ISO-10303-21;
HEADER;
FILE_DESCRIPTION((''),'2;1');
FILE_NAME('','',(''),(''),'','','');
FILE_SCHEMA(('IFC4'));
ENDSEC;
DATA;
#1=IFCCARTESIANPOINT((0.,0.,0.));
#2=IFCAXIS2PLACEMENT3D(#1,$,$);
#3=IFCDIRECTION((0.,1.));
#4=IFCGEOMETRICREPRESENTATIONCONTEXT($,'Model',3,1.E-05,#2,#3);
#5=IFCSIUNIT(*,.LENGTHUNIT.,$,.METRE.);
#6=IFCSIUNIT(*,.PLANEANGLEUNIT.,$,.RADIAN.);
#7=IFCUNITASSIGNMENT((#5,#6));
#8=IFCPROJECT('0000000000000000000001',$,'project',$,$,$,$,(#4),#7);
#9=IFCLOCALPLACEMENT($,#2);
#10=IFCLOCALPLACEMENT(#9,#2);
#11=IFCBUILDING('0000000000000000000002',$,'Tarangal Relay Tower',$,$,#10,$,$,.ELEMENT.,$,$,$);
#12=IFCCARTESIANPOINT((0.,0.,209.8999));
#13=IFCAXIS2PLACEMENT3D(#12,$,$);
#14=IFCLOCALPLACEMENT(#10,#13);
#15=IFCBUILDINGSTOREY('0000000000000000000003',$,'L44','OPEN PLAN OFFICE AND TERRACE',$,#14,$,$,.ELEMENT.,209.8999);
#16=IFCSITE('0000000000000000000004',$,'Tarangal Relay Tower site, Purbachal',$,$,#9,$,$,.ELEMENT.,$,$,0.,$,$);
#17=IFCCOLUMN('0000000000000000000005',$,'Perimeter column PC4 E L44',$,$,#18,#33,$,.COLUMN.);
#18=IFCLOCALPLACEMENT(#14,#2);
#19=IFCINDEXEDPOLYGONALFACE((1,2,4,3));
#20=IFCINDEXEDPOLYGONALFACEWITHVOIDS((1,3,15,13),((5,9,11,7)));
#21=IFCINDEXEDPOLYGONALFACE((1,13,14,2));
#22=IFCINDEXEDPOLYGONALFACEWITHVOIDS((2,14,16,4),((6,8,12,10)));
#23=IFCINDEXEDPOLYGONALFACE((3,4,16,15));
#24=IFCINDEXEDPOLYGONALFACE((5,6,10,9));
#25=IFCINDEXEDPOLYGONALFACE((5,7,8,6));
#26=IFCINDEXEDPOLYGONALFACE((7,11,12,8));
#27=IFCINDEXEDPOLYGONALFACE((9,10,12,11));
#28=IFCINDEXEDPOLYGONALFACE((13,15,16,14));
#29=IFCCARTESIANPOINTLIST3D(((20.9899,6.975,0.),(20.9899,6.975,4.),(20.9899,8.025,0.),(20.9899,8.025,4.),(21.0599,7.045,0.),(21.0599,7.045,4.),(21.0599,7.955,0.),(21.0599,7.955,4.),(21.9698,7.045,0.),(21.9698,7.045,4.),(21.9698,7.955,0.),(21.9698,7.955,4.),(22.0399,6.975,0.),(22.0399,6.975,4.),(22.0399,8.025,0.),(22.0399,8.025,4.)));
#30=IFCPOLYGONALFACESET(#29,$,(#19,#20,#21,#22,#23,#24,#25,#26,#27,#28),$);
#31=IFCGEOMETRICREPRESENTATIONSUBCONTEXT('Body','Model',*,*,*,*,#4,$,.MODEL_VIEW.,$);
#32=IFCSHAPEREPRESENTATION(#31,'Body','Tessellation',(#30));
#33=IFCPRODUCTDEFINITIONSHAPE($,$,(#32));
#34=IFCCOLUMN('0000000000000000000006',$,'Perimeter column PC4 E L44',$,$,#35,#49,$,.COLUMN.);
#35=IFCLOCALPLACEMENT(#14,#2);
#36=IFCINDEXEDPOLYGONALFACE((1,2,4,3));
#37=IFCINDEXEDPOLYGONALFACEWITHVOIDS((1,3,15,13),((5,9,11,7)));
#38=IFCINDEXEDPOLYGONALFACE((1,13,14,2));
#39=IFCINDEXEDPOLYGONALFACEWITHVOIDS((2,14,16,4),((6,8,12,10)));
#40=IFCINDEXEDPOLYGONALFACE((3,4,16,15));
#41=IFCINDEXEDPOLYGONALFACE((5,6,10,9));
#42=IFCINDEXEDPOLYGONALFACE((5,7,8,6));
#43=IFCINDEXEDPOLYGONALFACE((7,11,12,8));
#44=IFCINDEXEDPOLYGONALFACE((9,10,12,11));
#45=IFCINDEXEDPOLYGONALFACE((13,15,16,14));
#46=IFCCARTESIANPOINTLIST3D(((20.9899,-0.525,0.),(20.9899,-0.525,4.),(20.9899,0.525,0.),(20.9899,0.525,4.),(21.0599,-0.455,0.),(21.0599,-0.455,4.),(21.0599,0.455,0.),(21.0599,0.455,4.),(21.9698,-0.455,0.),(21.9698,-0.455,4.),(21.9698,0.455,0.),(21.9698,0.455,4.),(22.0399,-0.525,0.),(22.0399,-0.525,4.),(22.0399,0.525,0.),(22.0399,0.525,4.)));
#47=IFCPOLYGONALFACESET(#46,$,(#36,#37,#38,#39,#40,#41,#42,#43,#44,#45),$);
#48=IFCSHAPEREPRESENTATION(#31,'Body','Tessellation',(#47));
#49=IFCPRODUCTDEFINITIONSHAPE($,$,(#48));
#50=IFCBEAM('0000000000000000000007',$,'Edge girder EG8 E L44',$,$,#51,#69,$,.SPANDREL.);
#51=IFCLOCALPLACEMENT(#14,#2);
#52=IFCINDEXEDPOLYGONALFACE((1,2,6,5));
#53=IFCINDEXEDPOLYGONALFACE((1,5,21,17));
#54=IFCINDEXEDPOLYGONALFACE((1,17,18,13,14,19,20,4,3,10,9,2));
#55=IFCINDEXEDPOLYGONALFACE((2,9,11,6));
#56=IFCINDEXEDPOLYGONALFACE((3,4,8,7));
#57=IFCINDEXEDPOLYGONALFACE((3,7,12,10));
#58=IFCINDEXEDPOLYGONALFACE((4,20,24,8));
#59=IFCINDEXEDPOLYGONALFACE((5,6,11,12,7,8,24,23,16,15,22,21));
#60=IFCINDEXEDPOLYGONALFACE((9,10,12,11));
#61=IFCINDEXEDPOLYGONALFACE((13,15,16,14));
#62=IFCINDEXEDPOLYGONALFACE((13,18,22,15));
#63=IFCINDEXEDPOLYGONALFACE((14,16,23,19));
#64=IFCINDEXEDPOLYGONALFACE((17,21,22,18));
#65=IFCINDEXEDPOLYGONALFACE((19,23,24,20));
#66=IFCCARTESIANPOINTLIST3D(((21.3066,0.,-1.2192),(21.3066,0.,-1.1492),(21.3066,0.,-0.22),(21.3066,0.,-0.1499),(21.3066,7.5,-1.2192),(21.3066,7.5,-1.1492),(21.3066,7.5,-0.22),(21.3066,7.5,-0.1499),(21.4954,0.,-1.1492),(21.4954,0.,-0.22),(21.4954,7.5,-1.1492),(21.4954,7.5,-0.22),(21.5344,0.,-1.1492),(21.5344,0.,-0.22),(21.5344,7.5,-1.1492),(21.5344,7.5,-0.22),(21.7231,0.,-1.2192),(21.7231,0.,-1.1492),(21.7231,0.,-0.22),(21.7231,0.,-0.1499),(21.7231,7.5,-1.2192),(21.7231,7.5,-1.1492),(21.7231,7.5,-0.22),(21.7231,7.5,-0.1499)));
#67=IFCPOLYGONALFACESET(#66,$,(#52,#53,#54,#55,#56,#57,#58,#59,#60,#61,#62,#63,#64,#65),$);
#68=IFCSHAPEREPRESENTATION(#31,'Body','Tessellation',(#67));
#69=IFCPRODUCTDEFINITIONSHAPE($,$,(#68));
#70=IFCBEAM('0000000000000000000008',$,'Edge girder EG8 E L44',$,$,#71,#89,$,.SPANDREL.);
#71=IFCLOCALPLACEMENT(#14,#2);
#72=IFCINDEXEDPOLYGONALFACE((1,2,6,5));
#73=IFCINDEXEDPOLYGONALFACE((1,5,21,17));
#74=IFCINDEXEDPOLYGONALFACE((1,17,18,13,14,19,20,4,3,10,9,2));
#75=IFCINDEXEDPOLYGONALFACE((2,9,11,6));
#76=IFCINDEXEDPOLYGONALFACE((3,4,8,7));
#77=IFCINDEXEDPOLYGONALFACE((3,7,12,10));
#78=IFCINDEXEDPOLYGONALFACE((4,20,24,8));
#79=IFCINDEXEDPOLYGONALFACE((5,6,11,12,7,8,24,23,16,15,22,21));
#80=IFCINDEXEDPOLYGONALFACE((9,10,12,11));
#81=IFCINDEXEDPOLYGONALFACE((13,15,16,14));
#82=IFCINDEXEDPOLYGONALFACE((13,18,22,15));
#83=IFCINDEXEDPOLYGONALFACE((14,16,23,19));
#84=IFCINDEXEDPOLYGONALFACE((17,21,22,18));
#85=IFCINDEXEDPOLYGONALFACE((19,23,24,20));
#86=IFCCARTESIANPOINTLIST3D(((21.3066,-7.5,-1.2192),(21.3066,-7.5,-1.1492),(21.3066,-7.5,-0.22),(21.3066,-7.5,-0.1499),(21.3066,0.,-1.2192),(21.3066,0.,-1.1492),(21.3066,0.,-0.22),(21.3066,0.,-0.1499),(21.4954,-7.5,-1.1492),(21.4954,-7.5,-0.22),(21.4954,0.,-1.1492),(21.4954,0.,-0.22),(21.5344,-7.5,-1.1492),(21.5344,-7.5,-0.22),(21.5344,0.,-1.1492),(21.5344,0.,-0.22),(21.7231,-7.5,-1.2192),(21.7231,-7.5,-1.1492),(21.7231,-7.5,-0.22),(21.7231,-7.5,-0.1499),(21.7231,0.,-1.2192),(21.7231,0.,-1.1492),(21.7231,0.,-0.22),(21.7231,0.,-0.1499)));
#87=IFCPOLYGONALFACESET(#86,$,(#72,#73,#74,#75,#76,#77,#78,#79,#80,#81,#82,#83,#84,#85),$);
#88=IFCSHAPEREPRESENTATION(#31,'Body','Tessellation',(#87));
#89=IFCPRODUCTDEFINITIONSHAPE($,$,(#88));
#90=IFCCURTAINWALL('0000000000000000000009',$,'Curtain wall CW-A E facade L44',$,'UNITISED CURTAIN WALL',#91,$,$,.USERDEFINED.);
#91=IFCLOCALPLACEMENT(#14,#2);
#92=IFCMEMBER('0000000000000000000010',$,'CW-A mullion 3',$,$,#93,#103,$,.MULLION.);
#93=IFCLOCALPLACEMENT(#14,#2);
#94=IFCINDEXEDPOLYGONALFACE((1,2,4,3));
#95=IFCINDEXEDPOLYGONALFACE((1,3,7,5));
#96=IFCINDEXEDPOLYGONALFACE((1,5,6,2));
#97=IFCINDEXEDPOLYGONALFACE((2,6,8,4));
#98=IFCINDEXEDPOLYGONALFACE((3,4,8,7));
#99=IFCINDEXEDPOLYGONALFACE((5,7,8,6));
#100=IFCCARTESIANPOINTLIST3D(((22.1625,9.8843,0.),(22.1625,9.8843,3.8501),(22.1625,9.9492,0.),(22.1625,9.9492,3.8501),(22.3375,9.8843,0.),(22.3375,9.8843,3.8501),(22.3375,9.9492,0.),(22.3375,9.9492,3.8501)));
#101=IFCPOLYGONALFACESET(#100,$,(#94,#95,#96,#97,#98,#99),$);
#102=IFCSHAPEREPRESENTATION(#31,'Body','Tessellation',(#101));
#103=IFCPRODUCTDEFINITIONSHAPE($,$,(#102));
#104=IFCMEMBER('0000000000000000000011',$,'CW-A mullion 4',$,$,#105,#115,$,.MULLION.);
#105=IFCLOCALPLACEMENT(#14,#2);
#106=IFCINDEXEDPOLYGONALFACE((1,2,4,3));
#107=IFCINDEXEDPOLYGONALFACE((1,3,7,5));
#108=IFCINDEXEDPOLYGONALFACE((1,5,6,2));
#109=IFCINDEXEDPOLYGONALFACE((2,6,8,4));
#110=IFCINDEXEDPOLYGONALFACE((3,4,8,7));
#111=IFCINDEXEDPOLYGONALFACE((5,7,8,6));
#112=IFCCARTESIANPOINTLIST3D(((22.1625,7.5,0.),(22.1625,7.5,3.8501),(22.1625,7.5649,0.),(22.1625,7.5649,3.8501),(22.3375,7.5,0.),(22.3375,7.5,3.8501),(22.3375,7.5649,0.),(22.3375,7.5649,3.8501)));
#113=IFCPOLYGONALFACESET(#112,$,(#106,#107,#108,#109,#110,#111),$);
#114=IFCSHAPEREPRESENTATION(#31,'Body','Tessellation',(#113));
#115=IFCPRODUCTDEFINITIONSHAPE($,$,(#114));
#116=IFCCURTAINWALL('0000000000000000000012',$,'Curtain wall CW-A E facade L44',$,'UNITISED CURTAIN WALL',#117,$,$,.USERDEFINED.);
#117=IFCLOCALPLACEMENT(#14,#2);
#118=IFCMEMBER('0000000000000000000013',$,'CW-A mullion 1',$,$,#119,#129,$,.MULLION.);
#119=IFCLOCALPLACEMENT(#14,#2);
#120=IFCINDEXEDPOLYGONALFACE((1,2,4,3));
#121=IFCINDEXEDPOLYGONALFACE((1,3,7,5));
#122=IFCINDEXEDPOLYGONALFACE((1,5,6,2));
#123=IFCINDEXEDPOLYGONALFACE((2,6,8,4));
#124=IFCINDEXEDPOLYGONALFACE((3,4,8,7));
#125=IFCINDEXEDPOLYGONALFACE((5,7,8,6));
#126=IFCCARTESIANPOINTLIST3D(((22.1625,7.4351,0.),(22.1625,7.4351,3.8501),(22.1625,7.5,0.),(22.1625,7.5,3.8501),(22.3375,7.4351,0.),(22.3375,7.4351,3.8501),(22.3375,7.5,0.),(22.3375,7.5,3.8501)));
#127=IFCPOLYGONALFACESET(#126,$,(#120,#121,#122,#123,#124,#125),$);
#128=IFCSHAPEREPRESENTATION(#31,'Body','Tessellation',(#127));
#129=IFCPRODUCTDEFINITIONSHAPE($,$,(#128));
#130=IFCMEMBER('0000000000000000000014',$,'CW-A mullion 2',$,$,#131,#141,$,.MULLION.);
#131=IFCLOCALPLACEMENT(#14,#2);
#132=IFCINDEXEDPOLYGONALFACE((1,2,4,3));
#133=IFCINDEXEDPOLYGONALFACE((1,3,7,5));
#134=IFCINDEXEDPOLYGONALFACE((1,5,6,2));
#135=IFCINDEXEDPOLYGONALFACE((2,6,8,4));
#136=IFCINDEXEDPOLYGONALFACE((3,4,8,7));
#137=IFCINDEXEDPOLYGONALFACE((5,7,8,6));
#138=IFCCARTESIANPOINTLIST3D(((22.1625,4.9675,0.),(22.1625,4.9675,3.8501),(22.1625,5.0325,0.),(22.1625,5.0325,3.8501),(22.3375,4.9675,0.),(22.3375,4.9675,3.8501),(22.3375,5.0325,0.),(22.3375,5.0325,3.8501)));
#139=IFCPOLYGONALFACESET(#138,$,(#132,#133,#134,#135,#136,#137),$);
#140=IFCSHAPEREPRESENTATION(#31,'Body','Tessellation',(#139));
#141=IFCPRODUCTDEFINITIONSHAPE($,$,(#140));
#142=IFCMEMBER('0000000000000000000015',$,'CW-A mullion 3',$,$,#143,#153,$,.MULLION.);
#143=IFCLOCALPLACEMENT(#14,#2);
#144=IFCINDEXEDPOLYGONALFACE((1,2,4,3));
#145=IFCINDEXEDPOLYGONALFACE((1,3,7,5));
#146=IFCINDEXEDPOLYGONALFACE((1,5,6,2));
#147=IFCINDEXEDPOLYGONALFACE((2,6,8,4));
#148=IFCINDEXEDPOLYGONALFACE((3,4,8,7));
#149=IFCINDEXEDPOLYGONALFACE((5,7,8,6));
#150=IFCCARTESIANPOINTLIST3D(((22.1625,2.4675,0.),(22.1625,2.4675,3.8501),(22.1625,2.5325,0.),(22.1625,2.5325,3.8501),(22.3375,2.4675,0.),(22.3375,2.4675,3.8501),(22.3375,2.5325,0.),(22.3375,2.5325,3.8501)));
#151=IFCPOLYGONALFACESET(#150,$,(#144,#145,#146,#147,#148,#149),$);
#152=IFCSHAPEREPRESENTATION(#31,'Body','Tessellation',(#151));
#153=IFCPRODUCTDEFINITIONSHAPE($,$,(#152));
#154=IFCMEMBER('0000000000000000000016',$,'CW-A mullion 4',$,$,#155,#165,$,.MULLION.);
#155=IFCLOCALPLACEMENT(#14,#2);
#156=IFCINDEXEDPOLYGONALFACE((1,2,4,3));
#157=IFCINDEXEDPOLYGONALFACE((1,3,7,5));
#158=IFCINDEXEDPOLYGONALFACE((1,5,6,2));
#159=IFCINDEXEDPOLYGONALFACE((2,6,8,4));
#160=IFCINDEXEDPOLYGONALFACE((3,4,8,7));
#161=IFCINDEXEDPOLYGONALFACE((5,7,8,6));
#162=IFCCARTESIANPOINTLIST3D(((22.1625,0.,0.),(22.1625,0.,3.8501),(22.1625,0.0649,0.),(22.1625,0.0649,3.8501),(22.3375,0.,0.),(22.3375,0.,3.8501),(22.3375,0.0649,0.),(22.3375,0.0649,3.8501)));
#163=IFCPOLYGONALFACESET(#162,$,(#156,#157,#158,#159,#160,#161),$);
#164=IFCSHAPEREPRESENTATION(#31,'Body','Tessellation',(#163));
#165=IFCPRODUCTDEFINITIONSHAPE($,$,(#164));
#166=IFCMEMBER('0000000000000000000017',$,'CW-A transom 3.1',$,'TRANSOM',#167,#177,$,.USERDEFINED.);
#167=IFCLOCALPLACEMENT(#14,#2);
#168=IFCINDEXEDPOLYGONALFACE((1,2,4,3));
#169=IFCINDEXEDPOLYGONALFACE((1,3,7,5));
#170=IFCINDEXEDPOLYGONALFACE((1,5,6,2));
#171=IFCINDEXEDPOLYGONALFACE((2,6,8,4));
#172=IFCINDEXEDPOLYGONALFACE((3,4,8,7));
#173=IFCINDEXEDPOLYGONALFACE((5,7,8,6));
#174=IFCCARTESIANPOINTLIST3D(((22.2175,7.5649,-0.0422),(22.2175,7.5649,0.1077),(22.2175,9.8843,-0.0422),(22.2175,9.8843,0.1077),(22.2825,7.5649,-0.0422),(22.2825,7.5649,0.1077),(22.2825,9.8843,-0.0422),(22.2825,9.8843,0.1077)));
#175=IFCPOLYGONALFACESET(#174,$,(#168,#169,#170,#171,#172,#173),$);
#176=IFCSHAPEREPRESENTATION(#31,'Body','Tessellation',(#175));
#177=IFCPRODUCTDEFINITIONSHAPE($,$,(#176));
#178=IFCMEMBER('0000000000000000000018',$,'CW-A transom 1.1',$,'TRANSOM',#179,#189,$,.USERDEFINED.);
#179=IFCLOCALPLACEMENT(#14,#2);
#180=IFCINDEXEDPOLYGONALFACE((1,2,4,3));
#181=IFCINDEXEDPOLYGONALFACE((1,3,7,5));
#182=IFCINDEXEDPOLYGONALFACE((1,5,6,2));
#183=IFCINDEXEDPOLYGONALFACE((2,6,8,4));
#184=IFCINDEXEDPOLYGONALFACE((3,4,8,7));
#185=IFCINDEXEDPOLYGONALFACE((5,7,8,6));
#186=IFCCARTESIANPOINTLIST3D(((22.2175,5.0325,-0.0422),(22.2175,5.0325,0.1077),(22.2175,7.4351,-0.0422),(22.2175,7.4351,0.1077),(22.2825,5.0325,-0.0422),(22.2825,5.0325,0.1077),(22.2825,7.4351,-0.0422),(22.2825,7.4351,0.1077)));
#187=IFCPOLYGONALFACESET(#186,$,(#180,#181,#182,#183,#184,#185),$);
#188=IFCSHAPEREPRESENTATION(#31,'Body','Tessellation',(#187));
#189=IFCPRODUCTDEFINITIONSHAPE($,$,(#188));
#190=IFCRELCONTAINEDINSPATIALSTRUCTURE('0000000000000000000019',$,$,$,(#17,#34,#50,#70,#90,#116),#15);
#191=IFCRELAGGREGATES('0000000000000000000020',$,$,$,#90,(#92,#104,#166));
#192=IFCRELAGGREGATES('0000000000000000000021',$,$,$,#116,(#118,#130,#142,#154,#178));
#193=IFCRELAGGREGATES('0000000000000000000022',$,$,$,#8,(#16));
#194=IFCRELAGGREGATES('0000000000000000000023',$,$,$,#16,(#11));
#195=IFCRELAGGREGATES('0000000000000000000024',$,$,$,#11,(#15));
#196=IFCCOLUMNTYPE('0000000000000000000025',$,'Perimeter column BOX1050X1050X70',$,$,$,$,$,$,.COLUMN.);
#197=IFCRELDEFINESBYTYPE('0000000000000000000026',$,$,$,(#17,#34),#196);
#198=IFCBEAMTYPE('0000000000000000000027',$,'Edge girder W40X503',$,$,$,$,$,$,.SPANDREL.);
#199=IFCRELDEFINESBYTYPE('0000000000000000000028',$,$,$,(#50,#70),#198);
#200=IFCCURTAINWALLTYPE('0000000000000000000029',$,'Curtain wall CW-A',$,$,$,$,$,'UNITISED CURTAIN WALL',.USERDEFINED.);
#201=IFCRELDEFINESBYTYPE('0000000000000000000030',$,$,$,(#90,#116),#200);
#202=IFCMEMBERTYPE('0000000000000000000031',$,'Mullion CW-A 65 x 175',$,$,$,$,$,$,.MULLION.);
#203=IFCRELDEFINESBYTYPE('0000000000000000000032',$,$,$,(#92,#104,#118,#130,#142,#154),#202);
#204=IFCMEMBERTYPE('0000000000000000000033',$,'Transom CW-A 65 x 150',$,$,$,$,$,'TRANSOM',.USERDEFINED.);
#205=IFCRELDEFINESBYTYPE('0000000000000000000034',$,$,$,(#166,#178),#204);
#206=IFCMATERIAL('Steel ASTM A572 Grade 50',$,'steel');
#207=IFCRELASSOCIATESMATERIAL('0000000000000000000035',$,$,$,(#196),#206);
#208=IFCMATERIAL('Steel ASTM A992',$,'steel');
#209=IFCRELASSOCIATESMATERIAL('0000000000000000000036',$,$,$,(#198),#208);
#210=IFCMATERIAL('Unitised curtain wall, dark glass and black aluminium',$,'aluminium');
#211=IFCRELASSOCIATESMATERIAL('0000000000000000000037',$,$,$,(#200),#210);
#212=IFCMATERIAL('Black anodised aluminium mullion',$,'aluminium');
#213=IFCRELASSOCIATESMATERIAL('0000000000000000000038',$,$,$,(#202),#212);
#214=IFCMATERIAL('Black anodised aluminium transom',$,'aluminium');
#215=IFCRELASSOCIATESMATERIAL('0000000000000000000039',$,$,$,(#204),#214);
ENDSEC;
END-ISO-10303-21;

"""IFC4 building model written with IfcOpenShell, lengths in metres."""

from ifc_helpers import new_model, si_unit, direction, frame, origin, origin_2d, place, context, subcontext, project, spatial, rectangle, hollow_rectangle, i_section, extrude, material, material_profile, profile_set, type_object, element, aggregate, save


model = new_model("IFC4")

# Units and contexts
model_context = context("Model", 3, precision=1e-05, world=origin(), true_north=direction((0.0, 1.0)))
body_context = subcontext(model_context, "Body", "Model", "MODEL_VIEW")
ifc_project = project(units=[si_unit("LENGTHUNIT", "METRE"), si_unit("PLANEANGLEUNIT", "RADIAN")], contexts=[model_context])

# Site, building, storey
site_placement = place(None, origin())
site = spatial("IfcSite", under=ifc_project, at=site_placement, Name="Tarangal Relay Tower site, Purbachal", CompositionType="ELEMENT", RefElevation=0.0)
building_placement = place(site_placement, origin())
building = spatial("IfcBuilding", under=site, at=building_placement, Name="Tarangal Relay Tower", CompositionType="ELEMENT")
storey_placement = place(building_placement, frame((0.0, 0.0, 209.8999)))
storey = spatial("IfcBuildingStorey", under=building, at=storey_placement, Name="L44", Description="OPEN PLAN OFFICE AND TERRACE", CompositionType="ELEMENT", Elevation=209.8999)

# Columns
ifc_material_1 = material(Name="Steel ASTM A572 Grade 50", Category="steel")
ifc_material_profile_1 = material_profile(ifc_material_1, hollow_rectangle(XDim=1.05, YDim=1.05, WallThickness=0.0701, at=origin_2d()), Name="BOX1050X1050X70")
ifc_profile_set_1 = profile_set([ifc_material_profile_1], Name="Steel ASTM A572 Grade 50")
column_type = type_object("IfcColumnType", Name="Perimeter column BOX1050X1050X70", PredefinedType="COLUMN", material=ifc_profile_set_1)
for number, where, z_axis, x_axis, name in (
    (1, (21.5149, 7.5, 0.0), (0.0, 0.0, 1.0), (1.0, 0.0, 0.0), "Perimeter column PC4 E L44"),
    (2, (21.5149, 0.0, 0.0), (0.0, 0.0, 1.0), (1.0, 0.0, 0.0), "Perimeter column PC4 E L44"),
):
    element("IfcColumn", number, at=place(storey_placement, frame(where, z_axis=z_axis, x_axis=x_axis)), inside=storey, type_object=column_type, Name=name, PredefinedType="COLUMN", context=body_context, shape_type="SweptSolid", body=[
        extrude(hollow_rectangle(XDim=1.05, YDim=1.05, WallThickness=0.0701, at=origin_2d()), origin(), (0.0, 0.0, 1.0), 4.0),
    ])

# Beams
ifc_material_2 = material(Name="Steel ASTM A992", Category="steel")
ifc_material_profile_2 = material_profile(ifc_material_2, i_section(OverallWidth=0.4165, OverallDepth=1.0693, WebThickness=0.0391, FlangeThickness=0.0701, at=origin_2d()), Name="W40X503")
ifc_profile_set_2 = profile_set([ifc_material_profile_2], Name="Steel ASTM A992")
beam_type = type_object("IfcBeamType", Name="Edge girder W40X503", PredefinedType="SPANDREL", material=ifc_profile_set_2)
for number, where, z_axis, x_axis, name in (
    (3, (21.5149, 7.5, -0.6846), (0.0, -1.0, 0.0), (1.0, 0.0, 0.0), "Edge girder EG8 E L44"),
    (4, (21.5149, 0.0, -0.6846), (0.0, -1.0, 0.0), (1.0, 0.0, 0.0), "Edge girder EG8 E L44"),
):
    element("IfcBeam", number, at=place(storey_placement, frame(where, z_axis=z_axis, x_axis=x_axis)), inside=storey, type_object=beam_type, Name=name, PredefinedType="SPANDREL", context=body_context, shape_type="SweptSolid", body=[
        extrude(i_section(OverallWidth=0.4165, OverallDepth=1.0693, WebThickness=0.0391, FlangeThickness=0.0701, at=origin_2d()), origin(), (0.0, 0.0, 1.0), 7.5),
    ])

# Curtain walls, members
ifc_material_3 = material(Name="Unitised curtain wall, dark glass and black aluminium", Category="aluminium")
curtain_wall_type = type_object("IfcCurtainWallType", Name="Curtain wall CW-A", ElementType="UNITISED CURTAIN WALL", PredefinedType="USERDEFINED", material=ifc_material_3)
curtain_wall_1_placement = place(storey_placement, origin())
curtain_wall_1 = element("IfcCurtainWall", 5, at=curtain_wall_1_placement, inside=storey, type_object=curtain_wall_type, Name="Curtain wall CW-A E facade L44", ObjectType="UNITISED CURTAIN WALL", PredefinedType="USERDEFINED")
ifc_material_4 = material(Name="Black anodised aluminium mullion", Category="aluminium")
ifc_material_profile_3 = material_profile(ifc_material_4, rectangle(XDim=0.175, YDim=0.0649, at=origin_2d()), Name="CW-AM 65X175")
ifc_profile_set_3 = profile_set([ifc_material_profile_3], Name="Black anodised aluminium mullion")
member_type_1 = type_object("IfcMemberType", Name="Mullion CW-A 65 x 175", PredefinedType="MULLION", material=ifc_profile_set_3)
member_1_placement = place(storey_placement, frame((22.25, 9.9167, 0.0), z_axis=(0.0, 0.0, 1.0), x_axis=(1.0, 0.0, 0.0)))
member_1 = element("IfcMember", 6, at=member_1_placement, type_object=member_type_1, Name="CW-A mullion 3", PredefinedType="MULLION", context=body_context, shape_type="SweptSolid", body=[
    extrude(rectangle(XDim=0.175, YDim=0.0649, at=origin_2d()), origin(), (0.0, 0.0, 1.0), 3.8501),
])
member_2_placement = place(storey_placement, frame((22.25, 7.5325, 0.0), z_axis=(0.0, 0.0, 1.0), x_axis=(1.0, 0.0, 0.0)))
member_2 = element("IfcMember", 7, at=member_2_placement, type_object=member_type_1, Name="CW-A mullion 4", PredefinedType="MULLION", context=body_context, shape_type="SweptSolid", body=[
    extrude(rectangle(XDim=0.175, YDim=0.0649, at=origin_2d()), origin(), (0.0, 0.0, 1.0), 3.8501),
])
curtain_wall_2_placement = place(storey_placement, origin())
curtain_wall_2 = element("IfcCurtainWall", 8, at=curtain_wall_2_placement, inside=storey, type_object=curtain_wall_type, Name="Curtain wall CW-A E facade L44", ObjectType="UNITISED CURTAIN WALL", PredefinedType="USERDEFINED")
member_3_placement = place(storey_placement, frame((22.25, 7.4675, 0.0), z_axis=(0.0, 0.0, 1.0), x_axis=(1.0, 0.0, 0.0)))
member_3 = element("IfcMember", 9, at=member_3_placement, type_object=member_type_1, Name="CW-A mullion 1", PredefinedType="MULLION", context=body_context, shape_type="SweptSolid", body=[
    extrude(rectangle(XDim=0.175, YDim=0.0649, at=origin_2d()), origin(), (0.0, 0.0, 1.0), 3.8501),
])
member_4_placement = place(storey_placement, frame((22.25, 5.0, 0.0), z_axis=(0.0, 0.0, 1.0), x_axis=(1.0, 0.0, 0.0)))
member_4 = element("IfcMember", 10, at=member_4_placement, type_object=member_type_1, Name="CW-A mullion 2", PredefinedType="MULLION", context=body_context, shape_type="SweptSolid", body=[
    extrude(rectangle(XDim=0.175, YDim=0.0649, at=origin_2d()), origin(), (0.0, 0.0, 1.0), 3.8501),
])
member_5_placement = place(storey_placement, frame((22.25, 2.5, 0.0), z_axis=(0.0, 0.0, 1.0), x_axis=(1.0, 0.0, 0.0)))
member_5 = element("IfcMember", 11, at=member_5_placement, type_object=member_type_1, Name="CW-A mullion 3", PredefinedType="MULLION", context=body_context, shape_type="SweptSolid", body=[
    extrude(rectangle(XDim=0.175, YDim=0.0649, at=origin_2d()), origin(), (0.0, 0.0, 1.0), 3.8501),
])
member_6_placement = place(storey_placement, frame((22.25, 0.0325, 0.0), z_axis=(0.0, 0.0, 1.0), x_axis=(1.0, 0.0, 0.0)))
member_6 = element("IfcMember", 12, at=member_6_placement, type_object=member_type_1, Name="CW-A mullion 4", PredefinedType="MULLION", context=body_context, shape_type="SweptSolid", body=[
    extrude(rectangle(XDim=0.175, YDim=0.0649, at=origin_2d()), origin(), (0.0, 0.0, 1.0), 3.8501),
])

# Members
ifc_material_5 = material(Name="Black anodised aluminium transom", Category="aluminium")
ifc_material_profile_4 = material_profile(ifc_material_5, rectangle(XDim=0.0649, YDim=0.1499, at=origin_2d()), Name="CW-AT 65X150")
ifc_profile_set_4 = profile_set([ifc_material_profile_4], Name="Black anodised aluminium transom")
member_type_2 = type_object("IfcMemberType", Name="Transom CW-A 65 x 150", ElementType="TRANSOM", PredefinedType="USERDEFINED", material=ifc_profile_set_4)
member_7_placement = place(storey_placement, frame((22.25, 9.8843, 0.0327), z_axis=(0.0, -1.0, 0.0), x_axis=(1.0, 0.0, 0.0)))
member_7 = element("IfcMember", 13, at=member_7_placement, type_object=member_type_2, Name="CW-A transom 3.1", ObjectType="TRANSOM", PredefinedType="USERDEFINED", context=body_context, shape_type="SweptSolid", body=[
    extrude(rectangle(XDim=0.0649, YDim=0.1499, at=origin_2d()), origin(), (0.0, 0.0, 1.0), 2.3193),
])
member_8_placement = place(storey_placement, frame((22.25, 7.4351, 0.0327), z_axis=(0.0, -1.0, 0.0), x_axis=(1.0, 0.0, 0.0)))
member_8 = element("IfcMember", 14, at=member_8_placement, type_object=member_type_2, Name="CW-A transom 1.1", ObjectType="TRANSOM", PredefinedType="USERDEFINED", context=body_context, shape_type="SweptSolid", body=[
    extrude(rectangle(XDim=0.0649, YDim=0.1499, at=origin_2d()), origin(), (0.0, 0.0, 1.0), 2.4026),
])

aggregate(curtain_wall_1, [member_1, member_2, member_7])
aggregate(curtain_wall_2, [member_3, member_4, member_5, member_6, member_8])

save(model, "model.ifc")
